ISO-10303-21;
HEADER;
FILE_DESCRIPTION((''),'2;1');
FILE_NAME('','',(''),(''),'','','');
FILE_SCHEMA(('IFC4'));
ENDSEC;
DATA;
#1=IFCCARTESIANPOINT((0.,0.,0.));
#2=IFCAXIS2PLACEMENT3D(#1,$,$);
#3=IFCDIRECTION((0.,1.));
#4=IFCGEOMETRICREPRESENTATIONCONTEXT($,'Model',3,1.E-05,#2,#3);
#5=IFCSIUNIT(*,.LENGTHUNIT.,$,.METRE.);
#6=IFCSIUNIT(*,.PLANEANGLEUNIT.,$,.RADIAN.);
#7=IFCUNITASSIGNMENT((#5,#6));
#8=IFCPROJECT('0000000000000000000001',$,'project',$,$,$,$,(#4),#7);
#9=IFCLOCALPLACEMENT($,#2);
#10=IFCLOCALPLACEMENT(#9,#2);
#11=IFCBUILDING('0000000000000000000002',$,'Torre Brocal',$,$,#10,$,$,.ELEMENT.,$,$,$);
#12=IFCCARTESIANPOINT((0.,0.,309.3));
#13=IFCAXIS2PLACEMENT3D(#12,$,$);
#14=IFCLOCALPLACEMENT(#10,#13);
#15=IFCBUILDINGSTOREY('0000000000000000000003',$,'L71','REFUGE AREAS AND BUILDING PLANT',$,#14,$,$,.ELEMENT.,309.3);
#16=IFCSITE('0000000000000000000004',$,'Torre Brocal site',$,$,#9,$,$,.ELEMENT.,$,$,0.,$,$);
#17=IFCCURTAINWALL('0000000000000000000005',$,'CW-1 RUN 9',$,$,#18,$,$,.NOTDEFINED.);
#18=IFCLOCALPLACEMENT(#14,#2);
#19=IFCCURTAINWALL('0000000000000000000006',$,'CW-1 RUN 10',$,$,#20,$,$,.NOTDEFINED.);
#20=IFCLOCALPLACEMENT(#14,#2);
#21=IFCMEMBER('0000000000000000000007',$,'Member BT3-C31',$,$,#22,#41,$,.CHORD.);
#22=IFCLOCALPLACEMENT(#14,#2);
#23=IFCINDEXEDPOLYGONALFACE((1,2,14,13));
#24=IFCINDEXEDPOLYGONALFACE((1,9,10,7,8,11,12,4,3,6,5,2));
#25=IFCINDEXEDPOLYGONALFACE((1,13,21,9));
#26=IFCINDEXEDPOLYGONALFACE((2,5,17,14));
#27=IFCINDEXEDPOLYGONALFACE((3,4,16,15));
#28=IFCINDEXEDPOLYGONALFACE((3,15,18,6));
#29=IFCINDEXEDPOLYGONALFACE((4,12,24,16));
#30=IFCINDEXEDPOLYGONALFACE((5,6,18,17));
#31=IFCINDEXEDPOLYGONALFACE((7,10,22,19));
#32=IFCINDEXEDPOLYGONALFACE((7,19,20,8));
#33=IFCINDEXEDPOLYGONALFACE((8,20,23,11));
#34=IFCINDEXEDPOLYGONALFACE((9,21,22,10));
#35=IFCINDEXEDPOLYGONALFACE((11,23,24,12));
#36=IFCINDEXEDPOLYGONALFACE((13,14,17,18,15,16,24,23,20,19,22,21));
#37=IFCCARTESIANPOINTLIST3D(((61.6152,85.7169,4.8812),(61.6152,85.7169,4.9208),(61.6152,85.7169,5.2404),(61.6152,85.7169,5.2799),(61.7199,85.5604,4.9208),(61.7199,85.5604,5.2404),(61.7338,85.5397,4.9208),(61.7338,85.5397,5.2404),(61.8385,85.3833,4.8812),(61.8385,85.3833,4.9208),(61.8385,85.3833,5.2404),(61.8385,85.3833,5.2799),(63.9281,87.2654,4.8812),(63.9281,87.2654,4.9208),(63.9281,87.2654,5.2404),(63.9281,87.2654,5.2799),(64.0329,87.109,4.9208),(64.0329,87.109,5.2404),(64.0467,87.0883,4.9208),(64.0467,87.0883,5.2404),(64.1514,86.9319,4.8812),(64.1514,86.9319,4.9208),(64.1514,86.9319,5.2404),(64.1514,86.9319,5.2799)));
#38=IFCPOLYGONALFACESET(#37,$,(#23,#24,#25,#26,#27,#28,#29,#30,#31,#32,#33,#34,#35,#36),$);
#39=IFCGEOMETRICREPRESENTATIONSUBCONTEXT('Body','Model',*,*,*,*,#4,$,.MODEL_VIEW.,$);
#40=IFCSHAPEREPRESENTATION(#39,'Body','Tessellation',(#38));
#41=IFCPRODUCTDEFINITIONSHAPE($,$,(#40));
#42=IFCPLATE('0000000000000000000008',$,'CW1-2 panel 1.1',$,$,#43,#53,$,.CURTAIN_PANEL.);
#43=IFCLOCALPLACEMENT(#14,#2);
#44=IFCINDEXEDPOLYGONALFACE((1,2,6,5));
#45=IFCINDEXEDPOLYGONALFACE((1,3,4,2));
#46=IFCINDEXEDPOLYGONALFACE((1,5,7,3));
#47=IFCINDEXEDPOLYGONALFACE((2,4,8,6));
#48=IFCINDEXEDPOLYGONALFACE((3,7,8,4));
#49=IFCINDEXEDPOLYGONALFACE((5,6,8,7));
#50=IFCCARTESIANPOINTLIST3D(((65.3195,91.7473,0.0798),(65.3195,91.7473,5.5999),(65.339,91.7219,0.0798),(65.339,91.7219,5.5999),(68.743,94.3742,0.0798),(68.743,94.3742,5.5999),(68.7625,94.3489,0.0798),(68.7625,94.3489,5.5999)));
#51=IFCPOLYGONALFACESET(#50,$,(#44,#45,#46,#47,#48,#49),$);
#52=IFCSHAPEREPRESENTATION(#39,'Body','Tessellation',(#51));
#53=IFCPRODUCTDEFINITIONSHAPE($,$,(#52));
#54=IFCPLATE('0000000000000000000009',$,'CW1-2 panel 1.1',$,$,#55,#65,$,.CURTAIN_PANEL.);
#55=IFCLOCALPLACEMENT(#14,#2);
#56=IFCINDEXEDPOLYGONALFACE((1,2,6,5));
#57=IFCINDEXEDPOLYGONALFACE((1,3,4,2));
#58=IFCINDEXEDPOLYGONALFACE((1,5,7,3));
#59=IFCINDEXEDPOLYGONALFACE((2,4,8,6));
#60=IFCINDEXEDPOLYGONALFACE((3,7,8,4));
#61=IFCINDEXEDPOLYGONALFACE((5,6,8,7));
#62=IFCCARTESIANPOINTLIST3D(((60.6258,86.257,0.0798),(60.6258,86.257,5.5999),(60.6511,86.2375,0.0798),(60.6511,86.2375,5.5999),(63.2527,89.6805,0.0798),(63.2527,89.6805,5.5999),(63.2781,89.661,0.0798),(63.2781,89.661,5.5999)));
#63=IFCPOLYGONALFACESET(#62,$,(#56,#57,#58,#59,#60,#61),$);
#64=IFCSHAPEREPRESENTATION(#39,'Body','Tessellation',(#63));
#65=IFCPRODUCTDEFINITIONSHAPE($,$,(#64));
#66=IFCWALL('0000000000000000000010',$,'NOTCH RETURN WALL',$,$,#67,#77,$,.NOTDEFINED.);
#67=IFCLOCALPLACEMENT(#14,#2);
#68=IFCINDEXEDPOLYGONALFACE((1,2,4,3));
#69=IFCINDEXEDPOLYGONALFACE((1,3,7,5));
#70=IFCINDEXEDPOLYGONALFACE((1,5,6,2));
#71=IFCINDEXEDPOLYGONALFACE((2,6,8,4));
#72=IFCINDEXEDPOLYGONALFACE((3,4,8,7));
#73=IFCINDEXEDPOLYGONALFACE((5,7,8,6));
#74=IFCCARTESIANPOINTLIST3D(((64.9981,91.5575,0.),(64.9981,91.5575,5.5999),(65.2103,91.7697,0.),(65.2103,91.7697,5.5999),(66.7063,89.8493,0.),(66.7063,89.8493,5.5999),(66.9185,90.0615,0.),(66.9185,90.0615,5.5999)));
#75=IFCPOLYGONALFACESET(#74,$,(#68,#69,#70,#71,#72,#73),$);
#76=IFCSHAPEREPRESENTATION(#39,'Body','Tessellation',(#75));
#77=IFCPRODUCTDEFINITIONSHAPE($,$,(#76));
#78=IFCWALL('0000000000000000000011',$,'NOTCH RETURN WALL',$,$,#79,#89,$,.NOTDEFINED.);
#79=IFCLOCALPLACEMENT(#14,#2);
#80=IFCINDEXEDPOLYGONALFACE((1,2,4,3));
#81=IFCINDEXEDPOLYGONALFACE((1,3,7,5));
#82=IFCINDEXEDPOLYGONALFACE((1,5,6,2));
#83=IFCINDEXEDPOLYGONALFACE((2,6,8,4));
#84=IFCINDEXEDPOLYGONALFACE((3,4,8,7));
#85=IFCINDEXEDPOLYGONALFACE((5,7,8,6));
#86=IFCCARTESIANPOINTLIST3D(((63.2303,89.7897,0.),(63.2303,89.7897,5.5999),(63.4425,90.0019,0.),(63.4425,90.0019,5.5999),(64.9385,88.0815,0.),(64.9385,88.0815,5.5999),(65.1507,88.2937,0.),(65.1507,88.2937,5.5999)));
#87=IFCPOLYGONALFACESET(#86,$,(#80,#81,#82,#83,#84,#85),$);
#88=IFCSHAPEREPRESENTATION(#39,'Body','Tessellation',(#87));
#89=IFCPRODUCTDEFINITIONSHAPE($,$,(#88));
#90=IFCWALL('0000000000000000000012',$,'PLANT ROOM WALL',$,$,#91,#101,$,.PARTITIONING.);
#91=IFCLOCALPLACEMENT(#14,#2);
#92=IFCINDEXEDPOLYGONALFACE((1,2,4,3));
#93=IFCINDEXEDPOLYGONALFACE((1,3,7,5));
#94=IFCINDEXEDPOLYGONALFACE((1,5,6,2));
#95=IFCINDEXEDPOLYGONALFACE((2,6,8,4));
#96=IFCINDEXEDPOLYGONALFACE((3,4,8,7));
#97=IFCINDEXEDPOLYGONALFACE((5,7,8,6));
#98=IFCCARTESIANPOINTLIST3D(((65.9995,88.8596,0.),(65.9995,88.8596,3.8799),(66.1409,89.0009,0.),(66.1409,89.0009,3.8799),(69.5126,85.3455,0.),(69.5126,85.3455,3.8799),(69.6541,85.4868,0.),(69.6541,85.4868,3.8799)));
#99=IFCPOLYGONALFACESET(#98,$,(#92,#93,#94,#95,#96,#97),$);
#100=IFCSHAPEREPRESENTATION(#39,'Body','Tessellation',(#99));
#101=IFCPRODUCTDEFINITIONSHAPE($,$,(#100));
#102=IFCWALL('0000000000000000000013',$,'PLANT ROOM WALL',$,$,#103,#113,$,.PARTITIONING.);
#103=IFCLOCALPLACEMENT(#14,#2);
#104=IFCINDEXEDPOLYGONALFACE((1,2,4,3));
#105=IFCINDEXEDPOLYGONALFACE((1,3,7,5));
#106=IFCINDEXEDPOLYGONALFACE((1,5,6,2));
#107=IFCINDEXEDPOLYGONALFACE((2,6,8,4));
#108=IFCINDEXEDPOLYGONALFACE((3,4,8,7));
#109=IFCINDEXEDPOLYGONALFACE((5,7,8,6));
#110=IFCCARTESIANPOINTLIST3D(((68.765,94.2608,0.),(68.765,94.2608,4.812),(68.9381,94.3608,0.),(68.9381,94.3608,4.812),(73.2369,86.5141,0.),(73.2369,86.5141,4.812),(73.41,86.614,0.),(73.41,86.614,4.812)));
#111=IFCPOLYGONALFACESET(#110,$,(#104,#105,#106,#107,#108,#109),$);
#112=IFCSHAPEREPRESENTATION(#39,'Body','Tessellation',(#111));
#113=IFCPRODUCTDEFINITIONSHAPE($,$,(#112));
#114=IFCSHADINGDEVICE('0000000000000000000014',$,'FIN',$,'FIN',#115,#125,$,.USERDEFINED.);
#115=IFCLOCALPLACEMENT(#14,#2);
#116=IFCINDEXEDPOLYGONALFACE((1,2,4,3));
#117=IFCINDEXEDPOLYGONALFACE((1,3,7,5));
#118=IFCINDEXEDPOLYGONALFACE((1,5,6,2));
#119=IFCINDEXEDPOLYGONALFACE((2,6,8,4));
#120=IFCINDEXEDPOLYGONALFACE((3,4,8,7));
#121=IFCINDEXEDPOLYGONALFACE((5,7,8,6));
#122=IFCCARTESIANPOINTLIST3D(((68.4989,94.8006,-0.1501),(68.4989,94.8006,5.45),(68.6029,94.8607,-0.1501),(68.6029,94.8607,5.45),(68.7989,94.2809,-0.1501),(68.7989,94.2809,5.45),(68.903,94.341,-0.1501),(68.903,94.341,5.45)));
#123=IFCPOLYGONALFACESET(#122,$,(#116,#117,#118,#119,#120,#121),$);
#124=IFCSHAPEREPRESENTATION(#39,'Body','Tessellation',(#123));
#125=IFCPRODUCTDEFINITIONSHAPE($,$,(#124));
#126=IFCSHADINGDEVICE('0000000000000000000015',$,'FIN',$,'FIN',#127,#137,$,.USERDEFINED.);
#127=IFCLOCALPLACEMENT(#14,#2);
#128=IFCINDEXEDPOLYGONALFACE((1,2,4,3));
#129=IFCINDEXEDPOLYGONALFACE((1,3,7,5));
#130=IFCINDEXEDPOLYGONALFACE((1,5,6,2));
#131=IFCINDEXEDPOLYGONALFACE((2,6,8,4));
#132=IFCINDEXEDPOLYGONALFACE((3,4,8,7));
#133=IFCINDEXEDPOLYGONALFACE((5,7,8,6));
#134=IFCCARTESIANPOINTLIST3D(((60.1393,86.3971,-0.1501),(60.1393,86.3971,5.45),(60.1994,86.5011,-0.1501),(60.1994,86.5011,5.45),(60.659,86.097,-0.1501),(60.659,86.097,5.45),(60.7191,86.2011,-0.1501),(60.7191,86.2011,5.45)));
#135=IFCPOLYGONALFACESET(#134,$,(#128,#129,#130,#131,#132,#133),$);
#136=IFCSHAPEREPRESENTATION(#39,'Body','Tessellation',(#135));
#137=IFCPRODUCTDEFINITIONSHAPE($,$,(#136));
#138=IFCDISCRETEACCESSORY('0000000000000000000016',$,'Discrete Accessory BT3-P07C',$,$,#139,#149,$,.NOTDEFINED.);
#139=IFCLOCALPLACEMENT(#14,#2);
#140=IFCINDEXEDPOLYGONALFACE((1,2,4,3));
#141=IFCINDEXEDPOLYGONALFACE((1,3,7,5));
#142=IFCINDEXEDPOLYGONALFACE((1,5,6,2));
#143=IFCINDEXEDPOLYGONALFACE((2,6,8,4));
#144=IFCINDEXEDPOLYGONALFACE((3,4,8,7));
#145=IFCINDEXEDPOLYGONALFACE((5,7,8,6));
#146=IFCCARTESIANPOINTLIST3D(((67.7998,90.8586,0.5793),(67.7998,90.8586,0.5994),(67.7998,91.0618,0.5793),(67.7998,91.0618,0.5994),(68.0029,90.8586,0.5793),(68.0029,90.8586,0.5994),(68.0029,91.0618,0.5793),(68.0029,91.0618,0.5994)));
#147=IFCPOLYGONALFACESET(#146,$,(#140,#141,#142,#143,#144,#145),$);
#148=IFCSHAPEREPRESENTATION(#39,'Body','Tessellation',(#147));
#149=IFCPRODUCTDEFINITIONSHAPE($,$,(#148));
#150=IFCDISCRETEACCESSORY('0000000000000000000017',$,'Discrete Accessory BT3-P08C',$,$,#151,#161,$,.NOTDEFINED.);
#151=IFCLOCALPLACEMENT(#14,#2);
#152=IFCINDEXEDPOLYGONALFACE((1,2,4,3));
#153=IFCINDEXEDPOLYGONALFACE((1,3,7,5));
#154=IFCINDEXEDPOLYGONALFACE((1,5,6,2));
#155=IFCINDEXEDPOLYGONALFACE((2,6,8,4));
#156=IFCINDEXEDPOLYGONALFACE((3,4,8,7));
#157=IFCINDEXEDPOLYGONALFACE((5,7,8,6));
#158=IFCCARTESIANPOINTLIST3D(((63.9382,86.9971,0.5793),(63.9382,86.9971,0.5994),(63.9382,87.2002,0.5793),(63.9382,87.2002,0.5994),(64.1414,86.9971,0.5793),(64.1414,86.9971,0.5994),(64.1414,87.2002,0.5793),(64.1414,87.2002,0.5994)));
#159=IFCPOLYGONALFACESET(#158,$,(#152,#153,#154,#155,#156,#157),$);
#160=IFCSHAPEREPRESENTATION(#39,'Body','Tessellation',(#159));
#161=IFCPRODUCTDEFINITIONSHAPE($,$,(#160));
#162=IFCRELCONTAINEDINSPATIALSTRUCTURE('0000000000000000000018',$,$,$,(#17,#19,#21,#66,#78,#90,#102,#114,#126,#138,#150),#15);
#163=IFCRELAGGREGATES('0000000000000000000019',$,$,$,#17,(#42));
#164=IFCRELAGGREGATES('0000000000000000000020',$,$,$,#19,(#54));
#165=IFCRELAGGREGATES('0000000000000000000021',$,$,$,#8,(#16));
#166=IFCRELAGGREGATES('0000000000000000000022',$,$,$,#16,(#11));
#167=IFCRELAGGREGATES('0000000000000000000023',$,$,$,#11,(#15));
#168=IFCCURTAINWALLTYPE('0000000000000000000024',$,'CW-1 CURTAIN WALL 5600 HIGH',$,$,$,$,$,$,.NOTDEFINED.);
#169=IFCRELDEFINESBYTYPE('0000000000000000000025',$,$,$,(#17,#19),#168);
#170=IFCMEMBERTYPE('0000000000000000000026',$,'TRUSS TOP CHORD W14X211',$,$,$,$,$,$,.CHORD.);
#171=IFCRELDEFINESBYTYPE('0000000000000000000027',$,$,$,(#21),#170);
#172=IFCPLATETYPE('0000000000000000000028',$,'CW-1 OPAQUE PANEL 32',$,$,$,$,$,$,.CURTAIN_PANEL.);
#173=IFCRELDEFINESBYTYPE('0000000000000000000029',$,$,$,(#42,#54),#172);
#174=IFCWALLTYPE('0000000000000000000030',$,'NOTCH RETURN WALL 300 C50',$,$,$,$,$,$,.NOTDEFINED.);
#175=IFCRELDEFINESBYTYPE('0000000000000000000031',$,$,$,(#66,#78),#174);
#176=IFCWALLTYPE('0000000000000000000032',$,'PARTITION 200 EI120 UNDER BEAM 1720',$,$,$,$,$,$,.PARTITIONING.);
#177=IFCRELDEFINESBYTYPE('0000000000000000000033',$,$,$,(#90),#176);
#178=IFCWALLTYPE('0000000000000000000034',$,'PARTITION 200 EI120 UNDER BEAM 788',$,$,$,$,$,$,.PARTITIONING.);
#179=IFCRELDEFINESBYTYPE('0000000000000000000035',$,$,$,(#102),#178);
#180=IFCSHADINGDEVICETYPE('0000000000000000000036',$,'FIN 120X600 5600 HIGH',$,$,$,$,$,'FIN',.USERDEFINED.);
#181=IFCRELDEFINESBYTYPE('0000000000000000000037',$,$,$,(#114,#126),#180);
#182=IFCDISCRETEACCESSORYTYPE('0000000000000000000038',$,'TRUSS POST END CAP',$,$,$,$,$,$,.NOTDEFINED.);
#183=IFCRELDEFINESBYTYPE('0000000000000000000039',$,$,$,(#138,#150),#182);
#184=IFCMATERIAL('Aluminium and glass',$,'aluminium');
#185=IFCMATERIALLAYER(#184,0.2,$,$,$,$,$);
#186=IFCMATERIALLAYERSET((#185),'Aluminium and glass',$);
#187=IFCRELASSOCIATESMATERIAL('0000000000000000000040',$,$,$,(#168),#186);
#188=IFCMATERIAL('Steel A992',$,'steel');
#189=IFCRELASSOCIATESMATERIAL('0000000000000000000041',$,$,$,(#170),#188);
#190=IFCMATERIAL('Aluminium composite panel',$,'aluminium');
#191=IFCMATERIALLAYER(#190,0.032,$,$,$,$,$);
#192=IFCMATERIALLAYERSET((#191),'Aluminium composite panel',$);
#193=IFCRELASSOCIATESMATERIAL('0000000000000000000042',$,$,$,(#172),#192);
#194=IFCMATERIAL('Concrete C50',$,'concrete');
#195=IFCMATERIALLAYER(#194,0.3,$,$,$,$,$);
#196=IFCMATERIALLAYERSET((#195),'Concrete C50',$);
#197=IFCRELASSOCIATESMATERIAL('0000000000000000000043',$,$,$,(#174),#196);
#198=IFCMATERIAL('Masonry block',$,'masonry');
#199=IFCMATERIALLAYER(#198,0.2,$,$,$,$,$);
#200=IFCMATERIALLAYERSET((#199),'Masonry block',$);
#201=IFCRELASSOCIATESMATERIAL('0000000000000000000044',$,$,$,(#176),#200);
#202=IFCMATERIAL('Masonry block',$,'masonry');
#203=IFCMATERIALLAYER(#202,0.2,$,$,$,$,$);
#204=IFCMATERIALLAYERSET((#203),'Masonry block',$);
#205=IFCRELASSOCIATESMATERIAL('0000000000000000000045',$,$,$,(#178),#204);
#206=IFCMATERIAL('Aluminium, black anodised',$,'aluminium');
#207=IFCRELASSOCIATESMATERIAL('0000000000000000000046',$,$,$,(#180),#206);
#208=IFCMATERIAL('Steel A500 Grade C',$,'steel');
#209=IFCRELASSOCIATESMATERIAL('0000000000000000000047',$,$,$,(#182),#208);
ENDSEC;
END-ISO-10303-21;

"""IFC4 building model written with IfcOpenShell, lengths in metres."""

from ifc_helpers import new_model, si_unit, direction, frame, frame_2d, origin, origin_2d, place, context, subcontext, project, spatial, rectangle, i_section, extrude, material, layer, layer_set, material_profile, profile_set, type_object, element, aggregate, save


model = new_model("IFC4")

# Units and contexts
model_context = context("Model", 3, precision=1e-05, world=origin(), true_north=direction((0.0, 1.0)))
body_context = subcontext(model_context, "Body", "Model", "MODEL_VIEW")
ifc_project = project(units=[si_unit("LENGTHUNIT", "METRE"), si_unit("PLANEANGLEUNIT", "RADIAN")], contexts=[model_context])

# Site, building, storey
site_placement = place(None, origin())
site = spatial("IfcSite", under=ifc_project, at=site_placement, Name="Torre Brocal site", CompositionType="ELEMENT", RefElevation=0.0)
building_placement = place(site_placement, origin())
building = spatial("IfcBuilding", under=site, at=building_placement, Name="Torre Brocal", CompositionType="ELEMENT")
storey_placement = place(building_placement, frame((0.0, 0.0, 309.3)))
storey = spatial("IfcBuildingStorey", under=building, at=storey_placement, Name="L71", Description="REFUGE AREAS AND BUILDING PLANT", CompositionType="ELEMENT", Elevation=309.3)

# Shared definitions
ifc_material_1 = material(Name="Aluminium and glass", Category="aluminium")
ifc_layer_1 = layer(ifc_material_1, 0.2)
ifc_layer_set_1 = layer_set([ifc_layer_1], Name="Aluminium and glass")
curtain_wall_type = type_object("IfcCurtainWallType", Name="CW-1 CURTAIN WALL 5600 HIGH", PredefinedType="NOTDEFINED", material=ifc_layer_set_1)

# Curtain walls
curtain_wall_1_placement = place(storey_placement, origin())
curtain_wall_1 = element("IfcCurtainWall", 1, at=curtain_wall_1_placement, inside=storey, type_object=curtain_wall_type, Name="CW-1 RUN 9", PredefinedType="NOTDEFINED")
curtain_wall_2_placement = place(storey_placement, origin())
curtain_wall_2 = element("IfcCurtainWall", 2, at=curtain_wall_2_placement, inside=storey, type_object=curtain_wall_type, Name="CW-1 RUN 10", PredefinedType="NOTDEFINED")

# Member
ifc_material_2 = material(Name="Steel A992", Category="steel")
ifc_material_profile_1 = material_profile(ifc_material_2, i_section(OverallWidth=0.4014, OverallDepth=0.3987, WebThickness=0.0249, FlangeThickness=0.0396, at=origin_2d()), Name="W14X211")
ifc_profile_set_1 = profile_set([ifc_material_profile_1], Name="Steel A992")
member_type_1 = type_object("IfcMemberType", Name="TRUSS TOP CHORD W14X211", PredefinedType="CHORD", material=ifc_profile_set_1)
for number, where, z_axis, x_axis, name in (
    (3, (64.0398, 87.0986, 5.0806), (-0.830956, -0.556339, 0.0), (0.556339, -0.830956, 0.0), "Member BT3-C31"),
):
    element("IfcMember", number, at=place(storey_placement, frame(where, z_axis=z_axis, x_axis=x_axis)), inside=storey, type_object=member_type_1, Name=name, PredefinedType="CHORD", context=body_context, shape_type="SweptSolid", body=[
        extrude(i_section(OverallWidth=0.4014, OverallDepth=0.3987, WebThickness=0.0249, FlangeThickness=0.0396, at=origin_2d()), origin(), (0.0, 0.0, 1.0), 2.7834),
    ])

# Plates
ifc_material_3 = material(Name="Aluminium composite panel", Category="aluminium")
ifc_layer_2 = layer(ifc_material_3, 0.032)
ifc_layer_set_2 = layer_set([ifc_layer_2], Name="Aluminium composite panel")
plate_type = type_object("IfcPlateType", Name="CW-1 OPAQUE PANEL 32", PredefinedType="CURTAIN_PANEL", material=ifc_layer_set_2)
plate_1_placement = place(storey_placement, frame((67.041, 93.0481, 0.0798), z_axis=(0.0, 0.0, 1.0), x_axis=(-0.793353, -0.608761, 0.0)))
plate_1 = element("IfcPlate", 4, at=plate_1_placement, type_object=plate_type, Name="CW1-2 panel 1.1", PredefinedType="CURTAIN_PANEL", context=body_context, shape_type="SweptSolid", body=[
    extrude(rectangle(XDim=4.3152, YDim=0.032, at=origin_2d()), origin(), (0.0, 0.0, 1.0), 5.52),
])
aggregate(curtain_wall_1, [plate_1])
plate_2_placement = place(storey_placement, frame((61.9519, 87.959, 0.0798), z_axis=(0.0, 0.0, 1.0), x_axis=(-0.608761, -0.793353, 0.0)))
plate_2 = element("IfcPlate", 5, at=plate_2_placement, type_object=plate_type, Name="CW1-2 panel 1.1", PredefinedType="CURTAIN_PANEL", context=body_context, shape_type="SweptSolid", body=[
    extrude(rectangle(XDim=4.3152, YDim=0.032, at=origin_2d()), origin(), (0.0, 0.0, 1.0), 5.52),
])
aggregate(curtain_wall_2, [plate_2])

# Walls
ifc_material_4 = material(Name="Concrete C50", Category="concrete")
ifc_layer_3 = layer(ifc_material_4, 0.3)
ifc_layer_set_3 = layer_set([ifc_layer_3], Name="Concrete C50")
wall_type_1 = type_object("IfcWallType", Name="NOTCH RETURN WALL 300 C50", PredefinedType="NOTDEFINED", material=ifc_layer_set_3)
for number, where, z_axis, x_axis, name in (
    (6, (66.8125, 89.9553, 0.0), (0.0, 0.0, 1.0), (-0.707107, 0.707107, 0.0), "NOTCH RETURN WALL"),
    (7, (65.0447, 88.1875, 0.0), (0.0, 0.0, 1.0), (-0.707107, 0.707107, 0.0), "NOTCH RETURN WALL"),
):
    element("IfcWall", number, at=place(storey_placement, frame(where, z_axis=z_axis, x_axis=x_axis)), inside=storey, type_object=wall_type_1, Name=name, PredefinedType="NOTDEFINED", context=body_context, shape_type="SweptSolid", body=[
        extrude(rectangle(XDim=2.4158, YDim=0.3, at=frame_2d((1.208, 0.0))), origin(), (0.0, 0.0, 1.0), 5.5999),
    ])
ifc_material_5 = material(Name="Masonry block", Category="masonry")
ifc_layer_4 = layer(ifc_material_5, 0.2)
ifc_layer_set_4 = layer_set([ifc_layer_4], Name="Masonry block")
wall_type_2 = type_object("IfcWallType", Name="PARTITION 200 EI120 UNDER BEAM 1720", PredefinedType="PARTITIONING", material=ifc_layer_set_4)
wall_1_placement = place(storey_placement, frame((66.0703, 88.9302, 0.0), z_axis=(0.0, 0.0, 1.0), x_axis=(0.707009, -0.707205, 0.0)))
element("IfcWall", 8, at=wall_1_placement, inside=storey, type_object=wall_type_2, Name="PLANT ROOM WALL", PredefinedType="PARTITIONING", context=body_context, shape_type="SweptSolid", body=[
    extrude(rectangle(XDim=4.969, YDim=0.2, at=frame_2d((2.4844, 0.0))), origin(), (0.0, 0.0, 1.0), 3.8799),
])
ifc_material_6 = material(Name="Masonry block", Category="masonry")
ifc_layer_5 = layer(ifc_material_6, 0.2)
ifc_layer_set_5 = layer_set([ifc_layer_5], Name="Masonry block")
wall_type_3 = type_object("IfcWallType", Name="PARTITION 200 EI120 UNDER BEAM 788", PredefinedType="PARTITIONING", material=ifc_layer_set_5)
wall_2_placement = place(storey_placement, frame((68.8516, 94.3108, 0.0), z_axis=(0.0, 0.0, 1.0), x_axis=(0.499941, -0.86606, 0.0)))
element("IfcWall", 9, at=wall_2_placement, inside=storey, type_object=wall_type_3, Name="PLANT ROOM WALL", PredefinedType="PARTITIONING", context=body_context, shape_type="SweptSolid", body=[
    extrude(rectangle(XDim=8.9448, YDim=0.2, at=frame_2d((4.4724, 0.0))), origin(), (0.0, 0.0, 1.0), 4.812),
])

# Shading devices
ifc_material_7 = material(Name="Aluminium, black anodised", Category="aluminium")
ifc_material_profile_2 = material_profile(ifc_material_7, rectangle(XDim=0.1201, YDim=0.6001, at=origin_2d()), Name="FIN 120X600 5600 HIGH")
ifc_profile_set_2 = profile_set([ifc_material_profile_2], Name="Aluminium, black anodised")
shading_device_type = type_object("IfcShadingDeviceType", Name="FIN 120X600 5600 HIGH", ElementType="FIN", PredefinedType="USERDEFINED", material=ifc_profile_set_2)
for number, where, z_axis, x_axis, name in (
    (10, (68.7009, 94.5708, -0.1501), (0.0, 0.0, 1.0), (-0.866025, -0.5, 0.0), "FIN"),
    (11, (60.4292, 86.2991, -0.1501), (0.0, 0.0, 1.0), (-0.5, -0.866025, 0.0), "FIN"),
):
    element("IfcShadingDevice", number, at=place(storey_placement, frame(where, z_axis=z_axis, x_axis=x_axis)), inside=storey, type_object=shading_device_type, Name=name, ObjectType="FIN", PredefinedType="USERDEFINED", context=body_context, shape_type="SweptSolid", body=[
        extrude(rectangle(XDim=0.1201, YDim=0.6001, at=origin_2d()), origin(), (0.0, 0.0, 1.0), 5.6001),
    ])

# Discrete accessories
ifc_material_8 = material(Name="Steel A500 Grade C", Category="steel")
discrete_accessory_type = type_object("IfcDiscreteAccessoryType", Name="TRUSS POST END CAP", PredefinedType="NOTDEFINED", material=ifc_material_8)
for number, where, z_axis, x_axis, name in (
    (12, (67.9014, 90.9602, 0.5793), (0.0, 0.0, 1.0), (1.0, 0.0, 0.0), "Discrete Accessory BT3-P07C"),
    (13, (64.0398, 87.0986, 0.5793), (0.0, 0.0, 1.0), (1.0, 0.0, 0.0), "Discrete Accessory BT3-P08C"),
):
    element("IfcDiscreteAccessory", number, at=place(storey_placement, frame(where, z_axis=z_axis, x_axis=x_axis)), inside=storey, type_object=discrete_accessory_type, Name=name, PredefinedType="NOTDEFINED", context=body_context, shape_type="SweptSolid", body=[
        extrude(rectangle(XDim=0.2031, YDim=0.2031, at=origin_2d()), origin(), (0.0, 0.0, 1.0), 0.02),
    ])

save(model, "model.ifc")
